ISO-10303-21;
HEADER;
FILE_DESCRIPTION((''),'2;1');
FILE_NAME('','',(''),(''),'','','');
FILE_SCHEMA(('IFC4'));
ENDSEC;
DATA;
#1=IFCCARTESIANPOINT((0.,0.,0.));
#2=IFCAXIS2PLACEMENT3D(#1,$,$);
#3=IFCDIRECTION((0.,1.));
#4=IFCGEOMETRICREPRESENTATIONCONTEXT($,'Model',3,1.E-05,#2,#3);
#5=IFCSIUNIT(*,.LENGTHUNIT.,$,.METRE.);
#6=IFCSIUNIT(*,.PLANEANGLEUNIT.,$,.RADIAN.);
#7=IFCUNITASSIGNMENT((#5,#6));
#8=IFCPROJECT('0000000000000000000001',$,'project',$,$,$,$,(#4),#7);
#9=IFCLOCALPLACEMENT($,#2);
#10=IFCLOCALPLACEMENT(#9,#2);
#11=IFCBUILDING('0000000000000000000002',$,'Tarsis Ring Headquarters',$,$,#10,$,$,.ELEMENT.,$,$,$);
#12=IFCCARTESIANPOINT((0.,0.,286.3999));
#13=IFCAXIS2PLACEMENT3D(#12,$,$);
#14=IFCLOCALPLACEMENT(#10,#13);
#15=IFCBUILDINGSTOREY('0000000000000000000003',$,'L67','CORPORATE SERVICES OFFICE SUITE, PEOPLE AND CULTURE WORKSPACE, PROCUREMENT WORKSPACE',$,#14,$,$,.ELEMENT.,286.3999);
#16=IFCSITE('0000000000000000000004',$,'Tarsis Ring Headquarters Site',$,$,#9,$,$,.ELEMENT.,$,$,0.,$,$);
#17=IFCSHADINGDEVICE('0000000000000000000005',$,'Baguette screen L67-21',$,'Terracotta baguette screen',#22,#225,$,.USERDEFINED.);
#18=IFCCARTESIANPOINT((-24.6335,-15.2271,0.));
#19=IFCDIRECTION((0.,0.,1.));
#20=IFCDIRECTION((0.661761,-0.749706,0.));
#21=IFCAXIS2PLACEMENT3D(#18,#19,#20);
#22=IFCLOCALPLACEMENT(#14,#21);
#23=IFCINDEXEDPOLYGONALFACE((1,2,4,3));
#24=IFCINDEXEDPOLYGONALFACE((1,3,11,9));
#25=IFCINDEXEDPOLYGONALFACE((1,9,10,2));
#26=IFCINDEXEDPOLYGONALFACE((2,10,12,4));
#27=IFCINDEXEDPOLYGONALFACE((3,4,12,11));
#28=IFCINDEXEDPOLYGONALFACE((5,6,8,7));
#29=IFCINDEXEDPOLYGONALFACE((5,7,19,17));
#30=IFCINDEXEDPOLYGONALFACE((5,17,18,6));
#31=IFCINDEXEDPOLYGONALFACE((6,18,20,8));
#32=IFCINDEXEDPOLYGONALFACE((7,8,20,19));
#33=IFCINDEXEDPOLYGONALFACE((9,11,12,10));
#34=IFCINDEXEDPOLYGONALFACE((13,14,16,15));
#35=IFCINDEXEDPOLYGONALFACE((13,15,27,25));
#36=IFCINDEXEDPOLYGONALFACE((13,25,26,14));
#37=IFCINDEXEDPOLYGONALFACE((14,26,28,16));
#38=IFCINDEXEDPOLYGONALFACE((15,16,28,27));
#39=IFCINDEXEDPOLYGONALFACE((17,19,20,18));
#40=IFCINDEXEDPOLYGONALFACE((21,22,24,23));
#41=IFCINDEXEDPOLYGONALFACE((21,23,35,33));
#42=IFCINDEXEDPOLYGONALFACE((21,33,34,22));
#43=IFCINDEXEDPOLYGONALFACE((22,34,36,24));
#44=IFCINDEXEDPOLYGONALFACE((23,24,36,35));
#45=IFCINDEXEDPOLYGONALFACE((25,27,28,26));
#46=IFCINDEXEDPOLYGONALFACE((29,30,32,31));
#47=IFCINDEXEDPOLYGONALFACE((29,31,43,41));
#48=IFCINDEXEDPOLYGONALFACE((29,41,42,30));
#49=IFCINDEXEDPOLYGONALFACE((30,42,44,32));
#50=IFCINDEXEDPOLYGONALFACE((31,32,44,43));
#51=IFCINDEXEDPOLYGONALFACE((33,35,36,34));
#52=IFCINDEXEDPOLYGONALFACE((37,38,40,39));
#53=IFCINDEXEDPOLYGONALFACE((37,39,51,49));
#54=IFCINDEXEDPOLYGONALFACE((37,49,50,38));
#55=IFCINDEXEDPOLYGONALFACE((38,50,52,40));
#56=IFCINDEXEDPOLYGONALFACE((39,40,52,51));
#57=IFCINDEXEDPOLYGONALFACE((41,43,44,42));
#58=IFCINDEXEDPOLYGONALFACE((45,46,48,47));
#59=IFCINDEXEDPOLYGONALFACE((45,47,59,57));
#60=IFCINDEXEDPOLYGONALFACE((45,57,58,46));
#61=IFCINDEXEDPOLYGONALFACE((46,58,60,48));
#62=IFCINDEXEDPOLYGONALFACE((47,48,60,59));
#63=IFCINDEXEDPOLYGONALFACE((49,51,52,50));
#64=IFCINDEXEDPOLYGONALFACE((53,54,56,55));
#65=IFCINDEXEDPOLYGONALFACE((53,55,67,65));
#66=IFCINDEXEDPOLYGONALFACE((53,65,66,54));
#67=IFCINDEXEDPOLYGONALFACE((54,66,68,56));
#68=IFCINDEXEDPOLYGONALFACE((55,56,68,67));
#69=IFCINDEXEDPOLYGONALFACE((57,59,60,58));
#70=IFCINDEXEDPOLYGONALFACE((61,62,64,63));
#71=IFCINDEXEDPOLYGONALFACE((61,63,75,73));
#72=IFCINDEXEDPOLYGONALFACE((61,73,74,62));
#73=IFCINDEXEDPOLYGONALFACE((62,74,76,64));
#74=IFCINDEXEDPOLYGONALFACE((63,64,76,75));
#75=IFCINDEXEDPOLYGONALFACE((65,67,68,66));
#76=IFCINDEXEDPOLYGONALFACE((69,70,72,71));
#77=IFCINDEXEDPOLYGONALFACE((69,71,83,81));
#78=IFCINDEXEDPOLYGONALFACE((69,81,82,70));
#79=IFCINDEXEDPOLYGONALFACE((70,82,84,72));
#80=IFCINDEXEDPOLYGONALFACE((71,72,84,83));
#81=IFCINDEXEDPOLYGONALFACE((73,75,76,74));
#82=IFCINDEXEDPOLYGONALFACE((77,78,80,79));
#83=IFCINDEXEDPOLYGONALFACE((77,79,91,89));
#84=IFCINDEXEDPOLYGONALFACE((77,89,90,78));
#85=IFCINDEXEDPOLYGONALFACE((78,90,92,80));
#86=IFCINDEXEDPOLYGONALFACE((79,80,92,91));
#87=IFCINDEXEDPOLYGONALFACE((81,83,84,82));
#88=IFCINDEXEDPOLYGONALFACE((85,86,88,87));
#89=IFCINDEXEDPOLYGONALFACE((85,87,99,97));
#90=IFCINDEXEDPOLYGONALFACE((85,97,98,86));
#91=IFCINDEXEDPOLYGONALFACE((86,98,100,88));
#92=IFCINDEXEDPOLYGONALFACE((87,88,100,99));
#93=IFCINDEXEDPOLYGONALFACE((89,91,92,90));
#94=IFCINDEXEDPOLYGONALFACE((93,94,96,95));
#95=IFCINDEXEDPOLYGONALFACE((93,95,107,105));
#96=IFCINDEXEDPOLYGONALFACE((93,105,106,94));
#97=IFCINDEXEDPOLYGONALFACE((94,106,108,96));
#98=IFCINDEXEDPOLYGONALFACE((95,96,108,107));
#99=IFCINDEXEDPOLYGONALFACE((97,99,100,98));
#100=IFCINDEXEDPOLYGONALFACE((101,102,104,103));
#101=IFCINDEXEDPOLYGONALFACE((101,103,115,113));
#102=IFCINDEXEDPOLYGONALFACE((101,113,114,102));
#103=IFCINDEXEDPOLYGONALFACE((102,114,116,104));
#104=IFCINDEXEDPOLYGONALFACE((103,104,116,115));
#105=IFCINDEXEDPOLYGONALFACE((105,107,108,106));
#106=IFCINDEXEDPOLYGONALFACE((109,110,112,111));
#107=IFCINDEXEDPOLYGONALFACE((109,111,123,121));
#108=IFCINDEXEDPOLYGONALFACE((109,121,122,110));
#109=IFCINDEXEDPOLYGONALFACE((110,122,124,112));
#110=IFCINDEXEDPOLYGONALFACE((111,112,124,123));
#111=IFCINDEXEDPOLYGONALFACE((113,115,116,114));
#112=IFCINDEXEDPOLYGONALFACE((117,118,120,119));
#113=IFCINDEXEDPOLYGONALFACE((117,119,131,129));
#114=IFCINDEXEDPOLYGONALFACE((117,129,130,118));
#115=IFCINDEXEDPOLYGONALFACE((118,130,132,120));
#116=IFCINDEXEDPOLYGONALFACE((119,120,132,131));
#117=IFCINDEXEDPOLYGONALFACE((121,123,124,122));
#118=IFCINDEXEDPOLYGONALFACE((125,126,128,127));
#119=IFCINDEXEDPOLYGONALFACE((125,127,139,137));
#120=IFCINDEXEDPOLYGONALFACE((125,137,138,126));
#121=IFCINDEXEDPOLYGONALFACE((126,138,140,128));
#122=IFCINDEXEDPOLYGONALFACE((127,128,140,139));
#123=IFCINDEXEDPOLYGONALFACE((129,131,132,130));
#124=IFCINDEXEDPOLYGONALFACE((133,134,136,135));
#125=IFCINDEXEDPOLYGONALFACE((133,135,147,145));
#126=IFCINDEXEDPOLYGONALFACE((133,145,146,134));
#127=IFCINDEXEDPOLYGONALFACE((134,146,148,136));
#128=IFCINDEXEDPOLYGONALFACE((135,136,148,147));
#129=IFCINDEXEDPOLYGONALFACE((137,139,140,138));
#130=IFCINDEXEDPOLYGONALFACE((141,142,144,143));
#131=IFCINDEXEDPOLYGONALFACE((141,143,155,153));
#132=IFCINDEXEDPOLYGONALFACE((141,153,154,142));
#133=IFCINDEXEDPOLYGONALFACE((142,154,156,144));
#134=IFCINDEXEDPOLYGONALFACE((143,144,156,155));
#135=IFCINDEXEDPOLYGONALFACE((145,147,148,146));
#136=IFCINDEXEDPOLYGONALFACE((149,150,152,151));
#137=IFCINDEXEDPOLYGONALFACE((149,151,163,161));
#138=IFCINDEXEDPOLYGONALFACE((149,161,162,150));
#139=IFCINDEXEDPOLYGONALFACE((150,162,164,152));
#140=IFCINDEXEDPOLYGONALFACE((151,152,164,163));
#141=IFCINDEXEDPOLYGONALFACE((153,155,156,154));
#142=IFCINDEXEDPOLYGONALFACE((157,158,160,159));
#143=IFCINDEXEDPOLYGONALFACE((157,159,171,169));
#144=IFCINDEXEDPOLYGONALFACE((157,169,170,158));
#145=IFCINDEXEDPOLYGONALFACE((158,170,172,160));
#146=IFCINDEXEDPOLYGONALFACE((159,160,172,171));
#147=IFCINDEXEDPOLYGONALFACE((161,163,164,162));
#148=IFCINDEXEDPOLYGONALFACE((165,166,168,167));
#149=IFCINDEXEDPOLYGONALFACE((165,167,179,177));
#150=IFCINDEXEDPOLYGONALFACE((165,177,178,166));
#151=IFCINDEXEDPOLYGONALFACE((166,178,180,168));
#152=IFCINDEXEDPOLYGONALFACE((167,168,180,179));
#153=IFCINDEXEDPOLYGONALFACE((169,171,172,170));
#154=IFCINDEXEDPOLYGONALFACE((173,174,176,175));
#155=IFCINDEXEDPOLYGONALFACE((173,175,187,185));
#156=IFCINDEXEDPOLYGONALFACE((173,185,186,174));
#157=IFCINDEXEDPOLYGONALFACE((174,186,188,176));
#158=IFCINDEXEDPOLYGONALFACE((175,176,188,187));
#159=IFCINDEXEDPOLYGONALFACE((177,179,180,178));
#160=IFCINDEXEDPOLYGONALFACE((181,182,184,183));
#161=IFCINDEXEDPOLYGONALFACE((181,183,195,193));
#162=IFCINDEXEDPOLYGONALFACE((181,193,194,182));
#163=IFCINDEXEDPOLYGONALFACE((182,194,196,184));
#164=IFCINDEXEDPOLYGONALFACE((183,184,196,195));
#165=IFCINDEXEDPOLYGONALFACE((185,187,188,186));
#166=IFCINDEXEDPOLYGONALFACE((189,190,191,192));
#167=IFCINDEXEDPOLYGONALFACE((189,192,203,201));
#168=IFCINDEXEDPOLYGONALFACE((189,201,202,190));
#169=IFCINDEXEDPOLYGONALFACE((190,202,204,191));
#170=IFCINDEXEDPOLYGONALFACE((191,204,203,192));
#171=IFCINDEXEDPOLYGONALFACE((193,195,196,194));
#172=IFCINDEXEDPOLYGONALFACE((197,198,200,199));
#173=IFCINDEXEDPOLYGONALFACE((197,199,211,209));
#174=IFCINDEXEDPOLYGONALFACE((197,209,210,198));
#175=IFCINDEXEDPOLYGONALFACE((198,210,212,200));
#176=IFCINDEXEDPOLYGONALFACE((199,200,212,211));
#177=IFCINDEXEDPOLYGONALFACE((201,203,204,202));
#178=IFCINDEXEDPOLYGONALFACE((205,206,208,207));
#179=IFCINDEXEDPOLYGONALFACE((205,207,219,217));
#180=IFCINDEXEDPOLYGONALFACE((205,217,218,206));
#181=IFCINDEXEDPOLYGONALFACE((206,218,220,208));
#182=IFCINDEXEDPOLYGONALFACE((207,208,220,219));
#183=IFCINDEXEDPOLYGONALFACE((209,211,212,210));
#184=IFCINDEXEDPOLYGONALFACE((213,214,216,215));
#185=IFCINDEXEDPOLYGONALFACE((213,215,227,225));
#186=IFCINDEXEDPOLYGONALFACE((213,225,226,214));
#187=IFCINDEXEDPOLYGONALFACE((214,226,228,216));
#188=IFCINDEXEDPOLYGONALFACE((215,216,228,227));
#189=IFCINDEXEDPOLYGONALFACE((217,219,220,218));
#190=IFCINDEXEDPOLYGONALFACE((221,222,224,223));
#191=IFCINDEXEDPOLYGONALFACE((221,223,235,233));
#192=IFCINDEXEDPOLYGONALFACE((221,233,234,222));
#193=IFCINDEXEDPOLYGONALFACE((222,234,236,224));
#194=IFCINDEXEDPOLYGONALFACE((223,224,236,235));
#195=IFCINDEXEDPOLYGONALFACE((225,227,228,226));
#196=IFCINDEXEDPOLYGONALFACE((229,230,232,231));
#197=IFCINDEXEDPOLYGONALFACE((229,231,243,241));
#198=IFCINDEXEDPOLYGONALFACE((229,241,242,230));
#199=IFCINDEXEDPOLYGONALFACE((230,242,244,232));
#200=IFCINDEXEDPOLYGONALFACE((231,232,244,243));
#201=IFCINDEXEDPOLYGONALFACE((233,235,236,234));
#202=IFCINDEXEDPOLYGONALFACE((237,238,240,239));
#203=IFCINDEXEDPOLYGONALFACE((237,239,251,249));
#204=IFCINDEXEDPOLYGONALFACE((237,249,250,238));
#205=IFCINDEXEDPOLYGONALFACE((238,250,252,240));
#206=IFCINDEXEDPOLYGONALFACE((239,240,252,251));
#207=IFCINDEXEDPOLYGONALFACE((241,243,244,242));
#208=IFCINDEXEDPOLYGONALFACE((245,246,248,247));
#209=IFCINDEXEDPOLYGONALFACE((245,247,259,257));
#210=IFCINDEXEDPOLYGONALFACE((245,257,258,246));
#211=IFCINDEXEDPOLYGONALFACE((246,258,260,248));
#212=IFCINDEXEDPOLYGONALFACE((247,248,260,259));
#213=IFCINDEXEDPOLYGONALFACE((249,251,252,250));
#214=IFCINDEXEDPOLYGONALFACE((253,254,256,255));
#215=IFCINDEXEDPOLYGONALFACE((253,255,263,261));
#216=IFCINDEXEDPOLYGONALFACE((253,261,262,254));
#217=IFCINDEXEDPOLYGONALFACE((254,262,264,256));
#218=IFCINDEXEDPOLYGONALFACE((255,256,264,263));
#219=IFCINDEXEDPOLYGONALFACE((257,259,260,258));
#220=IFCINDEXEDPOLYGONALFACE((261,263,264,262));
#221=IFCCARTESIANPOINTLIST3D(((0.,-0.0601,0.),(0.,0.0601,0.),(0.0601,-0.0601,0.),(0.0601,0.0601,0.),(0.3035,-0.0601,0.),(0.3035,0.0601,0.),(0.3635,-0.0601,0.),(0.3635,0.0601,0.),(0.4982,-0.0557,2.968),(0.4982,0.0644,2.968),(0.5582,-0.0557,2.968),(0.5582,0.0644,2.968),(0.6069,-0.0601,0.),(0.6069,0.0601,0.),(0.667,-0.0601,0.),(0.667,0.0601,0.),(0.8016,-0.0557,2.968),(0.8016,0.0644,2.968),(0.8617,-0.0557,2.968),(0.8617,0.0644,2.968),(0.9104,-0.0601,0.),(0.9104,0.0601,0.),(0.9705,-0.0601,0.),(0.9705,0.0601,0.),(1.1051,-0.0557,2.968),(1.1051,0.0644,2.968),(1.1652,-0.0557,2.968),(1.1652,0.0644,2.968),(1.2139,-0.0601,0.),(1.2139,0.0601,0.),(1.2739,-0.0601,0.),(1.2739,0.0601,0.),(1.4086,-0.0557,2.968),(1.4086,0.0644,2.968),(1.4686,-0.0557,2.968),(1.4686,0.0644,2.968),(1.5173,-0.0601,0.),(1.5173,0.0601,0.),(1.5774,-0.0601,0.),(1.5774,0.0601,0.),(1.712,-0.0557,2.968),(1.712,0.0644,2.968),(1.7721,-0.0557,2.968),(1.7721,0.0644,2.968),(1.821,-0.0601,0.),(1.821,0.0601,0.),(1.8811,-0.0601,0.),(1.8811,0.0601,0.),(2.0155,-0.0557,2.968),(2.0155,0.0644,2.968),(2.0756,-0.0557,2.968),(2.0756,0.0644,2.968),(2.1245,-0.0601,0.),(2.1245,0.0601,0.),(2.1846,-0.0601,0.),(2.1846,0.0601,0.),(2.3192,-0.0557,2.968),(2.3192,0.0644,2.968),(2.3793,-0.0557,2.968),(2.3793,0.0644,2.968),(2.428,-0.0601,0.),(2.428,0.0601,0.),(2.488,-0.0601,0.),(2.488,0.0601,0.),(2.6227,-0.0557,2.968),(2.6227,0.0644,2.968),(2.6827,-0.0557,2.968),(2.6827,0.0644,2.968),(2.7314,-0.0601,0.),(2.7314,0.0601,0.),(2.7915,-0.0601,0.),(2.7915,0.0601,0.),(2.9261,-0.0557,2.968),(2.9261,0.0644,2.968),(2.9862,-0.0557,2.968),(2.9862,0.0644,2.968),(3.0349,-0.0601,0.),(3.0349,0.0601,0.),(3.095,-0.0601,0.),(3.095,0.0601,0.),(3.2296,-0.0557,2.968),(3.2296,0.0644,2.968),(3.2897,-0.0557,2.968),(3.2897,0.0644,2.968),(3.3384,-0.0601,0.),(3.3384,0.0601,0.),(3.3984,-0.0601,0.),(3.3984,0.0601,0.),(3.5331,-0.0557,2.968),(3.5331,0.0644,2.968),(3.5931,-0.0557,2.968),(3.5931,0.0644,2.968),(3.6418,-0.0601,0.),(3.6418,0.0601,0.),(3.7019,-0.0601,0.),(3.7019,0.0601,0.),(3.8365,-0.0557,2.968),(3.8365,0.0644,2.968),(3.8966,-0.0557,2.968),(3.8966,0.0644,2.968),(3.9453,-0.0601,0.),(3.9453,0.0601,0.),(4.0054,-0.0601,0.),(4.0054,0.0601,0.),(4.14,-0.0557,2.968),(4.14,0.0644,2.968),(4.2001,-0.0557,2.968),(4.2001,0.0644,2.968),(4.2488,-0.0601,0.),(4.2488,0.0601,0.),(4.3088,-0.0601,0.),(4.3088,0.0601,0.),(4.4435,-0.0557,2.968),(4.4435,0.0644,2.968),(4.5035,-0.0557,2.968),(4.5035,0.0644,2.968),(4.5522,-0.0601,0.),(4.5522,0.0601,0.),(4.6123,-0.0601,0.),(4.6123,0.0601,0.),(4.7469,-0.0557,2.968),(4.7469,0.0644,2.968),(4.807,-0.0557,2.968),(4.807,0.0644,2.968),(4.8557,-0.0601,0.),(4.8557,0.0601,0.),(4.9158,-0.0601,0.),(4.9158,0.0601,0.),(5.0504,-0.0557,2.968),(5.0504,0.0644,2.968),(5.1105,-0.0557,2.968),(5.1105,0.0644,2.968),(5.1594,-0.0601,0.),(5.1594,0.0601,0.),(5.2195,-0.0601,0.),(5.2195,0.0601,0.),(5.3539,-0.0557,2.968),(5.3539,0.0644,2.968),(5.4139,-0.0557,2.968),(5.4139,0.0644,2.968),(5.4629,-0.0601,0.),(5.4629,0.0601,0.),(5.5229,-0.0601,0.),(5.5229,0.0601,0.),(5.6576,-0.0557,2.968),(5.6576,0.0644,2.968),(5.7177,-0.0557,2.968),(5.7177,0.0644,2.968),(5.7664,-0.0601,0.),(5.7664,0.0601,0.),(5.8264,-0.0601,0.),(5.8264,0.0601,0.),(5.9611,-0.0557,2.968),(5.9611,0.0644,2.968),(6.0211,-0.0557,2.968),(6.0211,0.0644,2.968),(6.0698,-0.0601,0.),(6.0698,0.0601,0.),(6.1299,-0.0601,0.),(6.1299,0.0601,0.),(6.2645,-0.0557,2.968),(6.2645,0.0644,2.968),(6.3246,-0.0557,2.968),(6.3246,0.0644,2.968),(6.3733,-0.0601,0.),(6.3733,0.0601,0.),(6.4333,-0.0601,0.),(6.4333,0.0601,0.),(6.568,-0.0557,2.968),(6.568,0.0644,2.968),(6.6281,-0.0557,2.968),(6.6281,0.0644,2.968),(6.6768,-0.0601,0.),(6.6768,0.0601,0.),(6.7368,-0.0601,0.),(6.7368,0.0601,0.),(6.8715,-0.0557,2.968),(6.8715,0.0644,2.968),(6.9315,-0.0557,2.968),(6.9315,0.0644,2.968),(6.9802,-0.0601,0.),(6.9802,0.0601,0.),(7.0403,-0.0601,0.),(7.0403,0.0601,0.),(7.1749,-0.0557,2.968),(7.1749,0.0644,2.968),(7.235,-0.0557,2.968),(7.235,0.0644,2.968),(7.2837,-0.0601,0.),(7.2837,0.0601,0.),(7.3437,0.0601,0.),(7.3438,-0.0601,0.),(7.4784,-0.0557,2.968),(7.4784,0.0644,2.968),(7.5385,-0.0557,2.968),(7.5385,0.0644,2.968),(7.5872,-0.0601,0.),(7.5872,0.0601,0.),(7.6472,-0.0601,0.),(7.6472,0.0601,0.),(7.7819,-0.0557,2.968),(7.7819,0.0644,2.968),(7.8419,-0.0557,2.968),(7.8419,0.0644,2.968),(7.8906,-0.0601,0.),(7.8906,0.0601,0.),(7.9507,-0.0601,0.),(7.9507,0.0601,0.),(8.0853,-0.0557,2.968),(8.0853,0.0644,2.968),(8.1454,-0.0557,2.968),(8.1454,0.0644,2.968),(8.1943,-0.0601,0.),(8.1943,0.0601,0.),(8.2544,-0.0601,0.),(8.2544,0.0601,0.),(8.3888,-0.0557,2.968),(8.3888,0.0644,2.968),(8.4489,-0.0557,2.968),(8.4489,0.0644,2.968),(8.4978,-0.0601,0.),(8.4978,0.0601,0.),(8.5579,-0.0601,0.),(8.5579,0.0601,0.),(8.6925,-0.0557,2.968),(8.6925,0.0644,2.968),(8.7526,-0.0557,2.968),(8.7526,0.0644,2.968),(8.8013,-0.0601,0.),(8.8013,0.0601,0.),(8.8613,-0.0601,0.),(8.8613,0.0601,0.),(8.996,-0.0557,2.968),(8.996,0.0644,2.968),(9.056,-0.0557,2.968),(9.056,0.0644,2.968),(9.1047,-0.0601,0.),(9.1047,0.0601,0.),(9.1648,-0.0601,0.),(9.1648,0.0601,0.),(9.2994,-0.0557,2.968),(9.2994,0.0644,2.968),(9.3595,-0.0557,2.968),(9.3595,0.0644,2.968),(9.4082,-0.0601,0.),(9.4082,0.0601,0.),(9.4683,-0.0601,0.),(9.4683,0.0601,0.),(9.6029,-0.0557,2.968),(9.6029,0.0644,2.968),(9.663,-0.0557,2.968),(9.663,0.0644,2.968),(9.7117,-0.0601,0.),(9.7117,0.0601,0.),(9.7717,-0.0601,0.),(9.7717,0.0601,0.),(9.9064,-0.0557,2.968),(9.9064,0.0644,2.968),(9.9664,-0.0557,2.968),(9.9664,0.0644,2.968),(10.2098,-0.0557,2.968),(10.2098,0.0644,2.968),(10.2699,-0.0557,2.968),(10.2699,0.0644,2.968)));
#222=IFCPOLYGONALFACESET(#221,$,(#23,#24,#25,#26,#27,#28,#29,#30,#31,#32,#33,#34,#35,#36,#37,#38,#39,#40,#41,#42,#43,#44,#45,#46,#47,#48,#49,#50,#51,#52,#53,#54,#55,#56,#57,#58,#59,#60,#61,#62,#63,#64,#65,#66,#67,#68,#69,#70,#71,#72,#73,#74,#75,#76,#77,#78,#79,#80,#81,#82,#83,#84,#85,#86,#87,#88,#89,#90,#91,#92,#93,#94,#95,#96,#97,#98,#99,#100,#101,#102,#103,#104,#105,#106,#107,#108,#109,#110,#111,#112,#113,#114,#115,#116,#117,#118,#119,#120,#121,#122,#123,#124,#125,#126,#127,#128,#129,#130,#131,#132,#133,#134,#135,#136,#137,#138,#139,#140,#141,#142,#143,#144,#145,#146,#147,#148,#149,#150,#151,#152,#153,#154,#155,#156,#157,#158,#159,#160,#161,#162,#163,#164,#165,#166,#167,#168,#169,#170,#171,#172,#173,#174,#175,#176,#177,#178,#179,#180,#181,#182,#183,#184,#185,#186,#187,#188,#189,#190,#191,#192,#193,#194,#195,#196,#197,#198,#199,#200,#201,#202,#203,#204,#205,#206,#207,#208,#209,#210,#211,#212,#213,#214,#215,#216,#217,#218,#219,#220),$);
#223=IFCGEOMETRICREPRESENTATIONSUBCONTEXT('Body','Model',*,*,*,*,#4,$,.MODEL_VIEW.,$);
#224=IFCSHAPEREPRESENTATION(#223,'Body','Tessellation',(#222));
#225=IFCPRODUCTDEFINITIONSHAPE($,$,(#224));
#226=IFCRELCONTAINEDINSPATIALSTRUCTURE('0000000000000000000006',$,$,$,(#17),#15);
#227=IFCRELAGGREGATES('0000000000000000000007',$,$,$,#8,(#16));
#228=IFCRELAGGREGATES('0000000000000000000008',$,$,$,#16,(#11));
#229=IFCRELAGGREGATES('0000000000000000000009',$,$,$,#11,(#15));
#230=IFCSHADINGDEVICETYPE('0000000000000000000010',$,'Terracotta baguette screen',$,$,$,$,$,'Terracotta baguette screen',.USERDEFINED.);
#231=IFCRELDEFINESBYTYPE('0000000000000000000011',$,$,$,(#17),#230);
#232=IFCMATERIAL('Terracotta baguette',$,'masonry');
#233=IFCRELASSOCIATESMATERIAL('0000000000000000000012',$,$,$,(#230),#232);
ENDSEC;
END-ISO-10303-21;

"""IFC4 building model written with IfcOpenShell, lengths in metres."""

from ifc_helpers import new_model, si_unit, direction, frame, frame_2d, origin, place, context, subcontext, project, spatial, rectangle, composite_profile, extrude, material, type_object, element, save


model = new_model("IFC4")

# Units and contexts
model_context = context("Model", 3, precision=1e-05, world=origin(), true_north=direction((0.0, 1.0)))
body_context = subcontext(model_context, "Body", "Model", "MODEL_VIEW")
ifc_project = project(units=[si_unit("LENGTHUNIT", "METRE"), si_unit("PLANEANGLEUNIT", "RADIAN")], contexts=[model_context])

# Site, building, storey
site_placement = place(None, origin())
site = spatial("IfcSite", under=ifc_project, at=site_placement, Name="Tarsis Ring Headquarters Site", CompositionType="ELEMENT", RefElevation=0.0)
building_placement = place(site_placement, origin())
building = spatial("IfcBuilding", under=site, at=building_placement, Name="Tarsis Ring Headquarters", CompositionType="ELEMENT")
storey_placement = place(building_placement, frame((0.0, 0.0, 286.3999)))
storey = spatial("IfcBuildingStorey", under=building, at=storey_placement, Name="L67", Description="CORPORATE SERVICES OFFICE SUITE, PEOPLE AND CULTURE WORKSPACE, PROCUREMENT WORKSPACE", CompositionType="ELEMENT", Elevation=286.3999)

# Shading device
ifc_material_1 = material(Name="Terracotta baguette", Category="masonry")
shading_device_type = type_object("IfcShadingDeviceType", Name="Terracotta baguette screen", ElementType="Terracotta baguette screen", PredefinedType="USERDEFINED", material=ifc_material_1)
shading_device_1_placement = place(storey_placement, frame((-24.6335, -15.2271, 0.0), z_axis=(0.0, 0.0, 1.0), x_axis=(0.661761, -0.749706, 0.0)))
element("IfcShadingDevice", 1, at=shading_device_1_placement, inside=storey, type_object=shading_device_type, Name="Baguette screen L67-21", ObjectType="Terracotta baguette screen", PredefinedType="USERDEFINED", context=body_context, shape_type="SweptSolid", body=[
    extrude(composite_profile([rectangle(XDim=0.0601, YDim=0.1201, at=frame_2d((0.03, 0.0))), rectangle(XDim=0.0601, YDim=0.1201, at=frame_2d((0.3335, 0.0))), rectangle(XDim=0.0601, YDim=0.1201, at=frame_2d((0.637, 0.0))), rectangle(XDim=0.0601, YDim=0.1201, at=frame_2d((0.9404, 0.0))), rectangle(XDim=0.0601, YDim=0.1201, at=frame_2d((1.2439, 0.0))), rectangle(XDim=0.0601, YDim=0.1201, at=frame_2d((1.5474, 0.0))), rectangle(XDim=0.0601, YDim=0.1201, at=frame_2d((1.8511, 0.0))), rectangle(XDim=0.0601, YDim=0.1201, at=frame_2d((2.1545, 0.0))), rectangle(XDim=0.0601, YDim=0.1201, at=frame_2d((2.458, 0.0))), rectangle(XDim=0.0601, YDim=0.1201, at=frame_2d((2.7615, 0.0))), rectangle(XDim=0.0601, YDim=0.1201, at=frame_2d((3.0649, 0.0))), rectangle(XDim=0.0601, YDim=0.1201, at=frame_2d((3.3684, 0.0))), rectangle(XDim=0.0601, YDim=0.1201, at=frame_2d((3.6719, 0.0))), rectangle(XDim=0.0601, YDim=0.1201, at=frame_2d((3.9753, 0.0))), rectangle(XDim=0.0601, YDim=0.1201, at=frame_2d((4.2788, 0.0))), rectangle(XDim=0.0601, YDim=0.1201, at=frame_2d((4.5823, 0.0))), rectangle(XDim=0.0601, YDim=0.1201, at=frame_2d((4.8857, 0.0))), rectangle(XDim=0.0601, YDim=0.1201, at=frame_2d((5.1895, 0.0))), rectangle(XDim=0.0601, YDim=0.1201, at=frame_2d((5.4929, 0.0))), rectangle(XDim=0.0601, YDim=0.1201, at=frame_2d((5.7964, 0.0))), rectangle(XDim=0.0601, YDim=0.1201, at=frame_2d((6.0999, 0.0))), rectangle(XDim=0.0601, YDim=0.1201, at=frame_2d((6.4033, 0.0))), rectangle(XDim=0.0601, YDim=0.1201, at=frame_2d((6.7068, 0.0))), rectangle(XDim=0.0601, YDim=0.1201, at=frame_2d((7.0103, 0.0))), rectangle(XDim=0.0601, YDim=0.1201, at=frame_2d((7.3137, 0.0))), rectangle(XDim=0.0601, YDim=0.1201, at=frame_2d((7.6172, 0.0))), rectangle(XDim=0.0601, YDim=0.1201, at=frame_2d((7.9207, 0.0))), rectangle(XDim=0.0601, YDim=0.1201, at=frame_2d((8.2244, 0.0))), rectangle(XDim=0.0601, YDim=0.1201, at=frame_2d((8.5278, 0.0))), rectangle(XDim=0.0601, YDim=0.1201, at=frame_2d((8.8313, 0.0))), rectangle(XDim=0.0601, YDim=0.1201, at=frame_2d((9.1348, 0.0))), rectangle(XDim=0.0601, YDim=0.1201, at=frame_2d((9.4382, 0.0))), rectangle(XDim=0.0601, YDim=0.1201, at=frame_2d((9.7417, 0.0)))]), origin(), (0.165532, 0.001445, 0.986203), 3.0095),
])

save(model, "model.ifc")
